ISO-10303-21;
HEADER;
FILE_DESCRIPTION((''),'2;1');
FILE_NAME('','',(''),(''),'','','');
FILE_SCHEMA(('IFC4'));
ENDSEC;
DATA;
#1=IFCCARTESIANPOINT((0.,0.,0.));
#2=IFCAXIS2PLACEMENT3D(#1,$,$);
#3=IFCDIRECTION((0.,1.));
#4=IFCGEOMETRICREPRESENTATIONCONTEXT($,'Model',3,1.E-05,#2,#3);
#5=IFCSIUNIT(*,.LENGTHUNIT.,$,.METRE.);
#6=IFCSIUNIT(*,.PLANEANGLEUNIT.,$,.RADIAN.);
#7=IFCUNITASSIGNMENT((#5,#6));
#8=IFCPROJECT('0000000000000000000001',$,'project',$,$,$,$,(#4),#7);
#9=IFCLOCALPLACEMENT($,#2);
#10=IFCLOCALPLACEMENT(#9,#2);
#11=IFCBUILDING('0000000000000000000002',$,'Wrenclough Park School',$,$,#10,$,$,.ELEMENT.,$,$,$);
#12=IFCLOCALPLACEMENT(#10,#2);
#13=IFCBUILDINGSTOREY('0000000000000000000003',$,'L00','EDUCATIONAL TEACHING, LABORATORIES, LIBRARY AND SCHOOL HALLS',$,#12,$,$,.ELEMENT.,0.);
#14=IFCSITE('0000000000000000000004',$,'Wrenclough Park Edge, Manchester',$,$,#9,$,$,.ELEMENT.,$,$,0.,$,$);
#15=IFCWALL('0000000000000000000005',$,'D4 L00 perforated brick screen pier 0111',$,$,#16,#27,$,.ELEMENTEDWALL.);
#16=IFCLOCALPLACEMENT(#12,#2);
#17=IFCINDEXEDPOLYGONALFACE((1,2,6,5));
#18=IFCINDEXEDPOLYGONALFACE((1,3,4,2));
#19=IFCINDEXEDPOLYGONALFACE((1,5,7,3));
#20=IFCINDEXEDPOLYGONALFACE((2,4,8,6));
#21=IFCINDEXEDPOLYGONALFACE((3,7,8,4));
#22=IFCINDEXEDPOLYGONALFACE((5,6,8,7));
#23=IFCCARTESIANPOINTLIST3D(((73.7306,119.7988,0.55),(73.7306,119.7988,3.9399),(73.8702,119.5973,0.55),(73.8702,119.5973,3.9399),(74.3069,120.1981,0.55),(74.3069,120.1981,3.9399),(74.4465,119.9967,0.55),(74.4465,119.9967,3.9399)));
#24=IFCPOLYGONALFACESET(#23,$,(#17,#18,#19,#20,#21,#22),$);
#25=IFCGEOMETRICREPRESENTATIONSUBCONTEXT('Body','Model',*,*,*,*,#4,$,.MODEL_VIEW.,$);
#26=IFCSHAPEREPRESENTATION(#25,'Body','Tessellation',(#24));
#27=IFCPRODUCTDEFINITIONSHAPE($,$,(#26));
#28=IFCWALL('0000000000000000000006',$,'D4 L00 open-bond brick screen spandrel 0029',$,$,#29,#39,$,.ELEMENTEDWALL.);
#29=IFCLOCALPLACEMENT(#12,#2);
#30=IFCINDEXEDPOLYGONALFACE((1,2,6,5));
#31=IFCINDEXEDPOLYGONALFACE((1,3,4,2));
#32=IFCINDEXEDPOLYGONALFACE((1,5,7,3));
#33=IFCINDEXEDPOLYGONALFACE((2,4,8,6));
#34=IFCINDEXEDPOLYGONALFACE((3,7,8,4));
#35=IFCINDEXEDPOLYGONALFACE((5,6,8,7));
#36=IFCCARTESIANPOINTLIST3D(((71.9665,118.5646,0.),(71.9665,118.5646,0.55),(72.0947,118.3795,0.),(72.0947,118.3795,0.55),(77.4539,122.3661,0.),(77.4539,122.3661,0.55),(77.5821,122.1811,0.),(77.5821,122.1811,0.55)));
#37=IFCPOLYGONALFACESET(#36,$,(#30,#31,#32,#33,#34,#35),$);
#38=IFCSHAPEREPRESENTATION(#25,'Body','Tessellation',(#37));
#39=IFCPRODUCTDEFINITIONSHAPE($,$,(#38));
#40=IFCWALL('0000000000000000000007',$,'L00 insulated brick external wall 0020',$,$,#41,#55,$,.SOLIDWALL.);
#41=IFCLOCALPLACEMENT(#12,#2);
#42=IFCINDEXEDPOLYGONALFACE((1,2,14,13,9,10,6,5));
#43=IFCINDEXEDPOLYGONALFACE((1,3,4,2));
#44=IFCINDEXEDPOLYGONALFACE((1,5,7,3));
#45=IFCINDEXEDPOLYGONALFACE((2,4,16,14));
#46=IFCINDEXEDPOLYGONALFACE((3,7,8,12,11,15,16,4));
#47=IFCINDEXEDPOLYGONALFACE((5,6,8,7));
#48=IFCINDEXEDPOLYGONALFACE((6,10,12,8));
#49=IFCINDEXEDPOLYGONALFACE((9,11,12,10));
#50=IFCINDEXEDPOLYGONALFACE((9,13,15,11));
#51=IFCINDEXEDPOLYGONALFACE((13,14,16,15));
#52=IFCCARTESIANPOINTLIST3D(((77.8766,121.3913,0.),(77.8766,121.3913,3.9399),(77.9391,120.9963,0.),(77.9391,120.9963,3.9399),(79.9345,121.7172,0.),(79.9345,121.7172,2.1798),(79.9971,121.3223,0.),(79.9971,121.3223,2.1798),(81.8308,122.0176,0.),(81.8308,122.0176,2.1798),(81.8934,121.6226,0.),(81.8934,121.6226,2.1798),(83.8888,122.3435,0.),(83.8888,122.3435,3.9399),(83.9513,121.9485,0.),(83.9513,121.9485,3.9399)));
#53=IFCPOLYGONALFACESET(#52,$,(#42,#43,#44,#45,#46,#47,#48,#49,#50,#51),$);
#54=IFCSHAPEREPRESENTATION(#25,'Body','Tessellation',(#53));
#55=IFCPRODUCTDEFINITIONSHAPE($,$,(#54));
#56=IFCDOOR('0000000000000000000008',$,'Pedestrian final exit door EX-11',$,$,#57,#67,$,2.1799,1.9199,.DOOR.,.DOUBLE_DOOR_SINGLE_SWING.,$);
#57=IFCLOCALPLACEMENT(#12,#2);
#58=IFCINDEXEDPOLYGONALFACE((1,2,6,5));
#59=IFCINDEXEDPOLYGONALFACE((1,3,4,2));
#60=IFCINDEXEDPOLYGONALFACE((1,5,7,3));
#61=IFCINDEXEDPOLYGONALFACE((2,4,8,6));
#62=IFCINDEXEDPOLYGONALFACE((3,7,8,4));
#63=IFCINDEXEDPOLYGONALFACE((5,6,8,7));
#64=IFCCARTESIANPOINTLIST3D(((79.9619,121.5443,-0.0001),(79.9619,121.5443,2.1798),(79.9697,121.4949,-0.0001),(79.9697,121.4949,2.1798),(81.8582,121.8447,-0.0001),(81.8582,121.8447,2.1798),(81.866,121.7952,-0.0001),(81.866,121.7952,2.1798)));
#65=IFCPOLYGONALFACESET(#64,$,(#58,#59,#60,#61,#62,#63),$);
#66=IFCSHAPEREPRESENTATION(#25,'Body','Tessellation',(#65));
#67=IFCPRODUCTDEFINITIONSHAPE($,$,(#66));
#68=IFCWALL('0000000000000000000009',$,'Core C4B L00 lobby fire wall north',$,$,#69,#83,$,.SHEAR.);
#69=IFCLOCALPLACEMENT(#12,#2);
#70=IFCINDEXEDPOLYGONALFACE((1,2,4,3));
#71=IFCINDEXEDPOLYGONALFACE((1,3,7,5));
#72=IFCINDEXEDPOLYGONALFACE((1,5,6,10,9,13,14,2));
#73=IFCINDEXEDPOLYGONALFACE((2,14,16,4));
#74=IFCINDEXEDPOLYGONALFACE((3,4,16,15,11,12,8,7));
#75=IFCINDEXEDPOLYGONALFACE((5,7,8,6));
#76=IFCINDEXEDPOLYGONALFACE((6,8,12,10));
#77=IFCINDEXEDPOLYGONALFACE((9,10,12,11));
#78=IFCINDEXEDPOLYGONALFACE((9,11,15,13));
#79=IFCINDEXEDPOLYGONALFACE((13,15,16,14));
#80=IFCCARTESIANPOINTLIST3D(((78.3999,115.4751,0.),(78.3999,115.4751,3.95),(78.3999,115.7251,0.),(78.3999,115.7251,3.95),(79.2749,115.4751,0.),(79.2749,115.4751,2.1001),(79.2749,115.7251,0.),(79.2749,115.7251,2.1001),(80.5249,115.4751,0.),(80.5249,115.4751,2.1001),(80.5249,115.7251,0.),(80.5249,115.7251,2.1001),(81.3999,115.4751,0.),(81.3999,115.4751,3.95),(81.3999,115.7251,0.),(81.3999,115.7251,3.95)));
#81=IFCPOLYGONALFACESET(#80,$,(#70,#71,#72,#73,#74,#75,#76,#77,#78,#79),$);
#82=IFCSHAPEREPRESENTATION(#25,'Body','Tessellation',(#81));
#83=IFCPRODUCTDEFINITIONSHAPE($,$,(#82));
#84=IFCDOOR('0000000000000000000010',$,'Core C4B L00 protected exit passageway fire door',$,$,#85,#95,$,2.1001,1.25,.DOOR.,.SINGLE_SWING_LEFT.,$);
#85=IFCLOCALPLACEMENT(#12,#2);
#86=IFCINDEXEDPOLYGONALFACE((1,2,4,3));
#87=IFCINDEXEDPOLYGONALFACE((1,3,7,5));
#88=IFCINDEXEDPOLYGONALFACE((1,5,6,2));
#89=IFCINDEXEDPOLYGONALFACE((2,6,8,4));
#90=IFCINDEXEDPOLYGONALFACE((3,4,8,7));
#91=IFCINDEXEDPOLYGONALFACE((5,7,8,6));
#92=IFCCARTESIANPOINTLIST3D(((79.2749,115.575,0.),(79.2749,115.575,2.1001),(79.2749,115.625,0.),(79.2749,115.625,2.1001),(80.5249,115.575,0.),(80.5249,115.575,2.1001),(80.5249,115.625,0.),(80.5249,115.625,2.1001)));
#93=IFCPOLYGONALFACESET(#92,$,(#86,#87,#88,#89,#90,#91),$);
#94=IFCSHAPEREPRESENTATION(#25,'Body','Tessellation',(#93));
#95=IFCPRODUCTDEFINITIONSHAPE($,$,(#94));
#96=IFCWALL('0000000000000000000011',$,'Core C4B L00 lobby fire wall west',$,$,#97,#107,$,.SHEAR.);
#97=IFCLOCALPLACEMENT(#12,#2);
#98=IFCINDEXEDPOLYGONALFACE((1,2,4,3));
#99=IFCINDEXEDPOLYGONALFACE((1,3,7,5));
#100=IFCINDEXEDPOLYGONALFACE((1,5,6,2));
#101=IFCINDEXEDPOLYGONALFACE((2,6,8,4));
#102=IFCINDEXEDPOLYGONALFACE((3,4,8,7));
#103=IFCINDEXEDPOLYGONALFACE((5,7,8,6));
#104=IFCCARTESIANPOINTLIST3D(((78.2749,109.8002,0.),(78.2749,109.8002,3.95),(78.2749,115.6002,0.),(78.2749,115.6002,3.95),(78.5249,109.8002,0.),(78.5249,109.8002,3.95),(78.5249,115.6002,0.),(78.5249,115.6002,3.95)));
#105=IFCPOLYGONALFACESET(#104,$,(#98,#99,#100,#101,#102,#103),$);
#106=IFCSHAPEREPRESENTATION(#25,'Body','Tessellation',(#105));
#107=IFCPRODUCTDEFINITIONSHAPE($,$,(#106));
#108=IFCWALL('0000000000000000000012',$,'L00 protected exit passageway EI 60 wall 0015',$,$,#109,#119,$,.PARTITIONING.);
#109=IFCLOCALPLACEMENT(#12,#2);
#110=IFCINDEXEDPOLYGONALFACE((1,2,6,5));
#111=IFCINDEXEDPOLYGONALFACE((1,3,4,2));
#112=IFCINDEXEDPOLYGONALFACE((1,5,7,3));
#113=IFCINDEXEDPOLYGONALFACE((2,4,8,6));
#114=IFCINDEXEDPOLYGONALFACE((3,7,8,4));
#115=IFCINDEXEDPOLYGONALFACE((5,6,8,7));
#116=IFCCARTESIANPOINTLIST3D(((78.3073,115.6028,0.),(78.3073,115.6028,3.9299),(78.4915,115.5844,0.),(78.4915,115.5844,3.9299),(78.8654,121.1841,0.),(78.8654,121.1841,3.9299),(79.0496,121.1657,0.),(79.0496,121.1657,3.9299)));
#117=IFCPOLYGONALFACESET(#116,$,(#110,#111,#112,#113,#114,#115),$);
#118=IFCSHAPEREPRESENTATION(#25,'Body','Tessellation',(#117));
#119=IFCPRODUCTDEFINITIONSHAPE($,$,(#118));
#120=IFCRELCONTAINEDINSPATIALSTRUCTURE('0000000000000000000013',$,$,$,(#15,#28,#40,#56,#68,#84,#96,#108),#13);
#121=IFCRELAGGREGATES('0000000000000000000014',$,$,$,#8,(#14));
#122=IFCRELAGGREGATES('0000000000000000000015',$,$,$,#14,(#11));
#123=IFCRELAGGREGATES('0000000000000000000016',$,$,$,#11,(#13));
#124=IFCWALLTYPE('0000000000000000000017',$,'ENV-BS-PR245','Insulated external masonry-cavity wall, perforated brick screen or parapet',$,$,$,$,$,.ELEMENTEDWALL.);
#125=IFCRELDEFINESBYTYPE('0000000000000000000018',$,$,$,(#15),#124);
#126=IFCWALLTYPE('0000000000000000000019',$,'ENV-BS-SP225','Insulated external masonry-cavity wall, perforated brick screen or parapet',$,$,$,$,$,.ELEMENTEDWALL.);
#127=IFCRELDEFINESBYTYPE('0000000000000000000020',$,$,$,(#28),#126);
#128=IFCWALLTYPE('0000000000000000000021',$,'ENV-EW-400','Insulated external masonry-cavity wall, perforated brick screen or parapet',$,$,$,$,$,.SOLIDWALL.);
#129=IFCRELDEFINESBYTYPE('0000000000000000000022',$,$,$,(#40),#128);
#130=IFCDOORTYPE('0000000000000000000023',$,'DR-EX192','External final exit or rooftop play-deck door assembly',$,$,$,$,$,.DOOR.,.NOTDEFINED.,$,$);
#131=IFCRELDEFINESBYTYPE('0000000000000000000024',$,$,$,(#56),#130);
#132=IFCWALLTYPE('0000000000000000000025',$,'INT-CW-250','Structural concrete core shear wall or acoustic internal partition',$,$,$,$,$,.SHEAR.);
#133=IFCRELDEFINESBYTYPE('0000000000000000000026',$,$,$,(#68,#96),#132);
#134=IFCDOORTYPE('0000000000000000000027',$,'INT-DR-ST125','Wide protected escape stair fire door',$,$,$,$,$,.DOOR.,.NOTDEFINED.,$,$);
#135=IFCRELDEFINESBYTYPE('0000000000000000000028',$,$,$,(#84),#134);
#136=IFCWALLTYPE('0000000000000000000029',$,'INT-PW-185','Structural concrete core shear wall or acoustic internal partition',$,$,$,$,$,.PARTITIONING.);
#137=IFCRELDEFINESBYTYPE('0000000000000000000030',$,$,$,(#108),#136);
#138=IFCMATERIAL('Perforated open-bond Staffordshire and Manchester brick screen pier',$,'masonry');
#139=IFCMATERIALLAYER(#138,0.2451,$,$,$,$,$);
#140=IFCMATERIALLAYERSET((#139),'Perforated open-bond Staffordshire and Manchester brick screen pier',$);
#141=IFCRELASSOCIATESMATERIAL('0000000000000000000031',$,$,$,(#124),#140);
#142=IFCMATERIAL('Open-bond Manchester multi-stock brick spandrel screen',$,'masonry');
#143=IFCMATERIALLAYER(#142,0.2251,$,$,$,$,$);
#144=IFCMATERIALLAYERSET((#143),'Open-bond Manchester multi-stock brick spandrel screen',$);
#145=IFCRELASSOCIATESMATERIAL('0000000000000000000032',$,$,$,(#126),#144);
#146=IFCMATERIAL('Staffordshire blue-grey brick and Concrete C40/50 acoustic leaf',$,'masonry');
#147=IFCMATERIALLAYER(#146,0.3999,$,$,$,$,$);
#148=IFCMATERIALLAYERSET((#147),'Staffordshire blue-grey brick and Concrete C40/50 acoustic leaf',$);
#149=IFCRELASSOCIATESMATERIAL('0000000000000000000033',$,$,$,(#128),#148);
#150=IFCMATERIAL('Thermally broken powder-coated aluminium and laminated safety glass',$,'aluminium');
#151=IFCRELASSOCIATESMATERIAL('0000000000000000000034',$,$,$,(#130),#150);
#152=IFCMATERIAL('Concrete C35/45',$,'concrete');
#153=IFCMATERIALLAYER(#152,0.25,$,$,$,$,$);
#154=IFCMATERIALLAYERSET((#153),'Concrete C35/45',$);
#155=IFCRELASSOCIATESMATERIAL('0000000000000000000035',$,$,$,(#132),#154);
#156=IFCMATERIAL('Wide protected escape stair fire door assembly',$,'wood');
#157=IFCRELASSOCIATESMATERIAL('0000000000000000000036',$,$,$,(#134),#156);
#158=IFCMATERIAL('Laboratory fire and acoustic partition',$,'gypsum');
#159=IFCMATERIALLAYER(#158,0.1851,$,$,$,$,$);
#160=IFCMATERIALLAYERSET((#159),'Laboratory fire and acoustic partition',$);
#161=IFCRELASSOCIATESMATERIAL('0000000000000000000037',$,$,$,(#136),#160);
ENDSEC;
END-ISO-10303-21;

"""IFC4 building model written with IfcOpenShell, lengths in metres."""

from ifc_helpers import new_model, si_unit, direction, frame, frame_2d, origin, place, context, subcontext, project, spatial, rectangle, extrude, material, layer, layer_set, type_object, element, fill, save


model = new_model("IFC4")

# Units and contexts
model_context = context("Model", 3, precision=1e-05, world=origin(), true_north=direction((0.0, 1.0)))
body_context = subcontext(model_context, "Body", "Model", "MODEL_VIEW")
ifc_project = project(units=[si_unit("LENGTHUNIT", "METRE"), si_unit("PLANEANGLEUNIT", "RADIAN")], contexts=[model_context])

# Site, building, storey
site_placement = place(None, origin())
site = spatial("IfcSite", under=ifc_project, at=site_placement, Name="Wrenclough Park Edge, Manchester", CompositionType="ELEMENT", RefElevation=0.0)
building_placement = place(site_placement, origin())
building = spatial("IfcBuilding", under=site, at=building_placement, Name="Wrenclough Park School", CompositionType="ELEMENT")
storey_placement = place(building_placement, origin())
storey = spatial("IfcBuildingStorey", under=building, at=storey_placement, Name="L00", Description="EDUCATIONAL TEACHING, LABORATORIES, LIBRARY AND SCHOOL HALLS", CompositionType="ELEMENT", Elevation=0.0)

# Shared definitions
ifc_material_1 = material(Name="Concrete C35/45", Category="concrete")

# Walls
ifc_material_2 = material(Name="Perforated open-bond Staffordshire and Manchester brick screen pier", Category="masonry")
ifc_layer_1 = layer(ifc_material_2, 0.2451)
ifc_layer_set_1 = layer_set([ifc_layer_1], Name="Perforated open-bond Staffordshire and Manchester brick screen pier")
wall_type_1 = type_object("IfcWallType", Name="ENV-BS-PR245", Description="Insulated external masonry-cavity wall, perforated brick screen or parapet", PredefinedType="ELEMENTEDWALL", material=ifc_layer_set_1)
wall_1_placement = place(storey_placement, frame((74.3767, 120.0974, 0.55), z_axis=(0.0, 0.0, 1.0), x_axis=(-0.821954, -0.569554, 0.0)))
element("IfcWall", 1, at=wall_1_placement, inside=storey, type_object=wall_type_1, Name="D4 L00 perforated brick screen pier 0111", PredefinedType="ELEMENTEDWALL", context=body_context, shape_type="SweptSolid", body=[
    extrude(rectangle(XDim=0.7012, YDim=0.2451, at=frame_2d((0.3506, 0.0))), origin(), (0.0, 0.0, 1.0), 3.3899),
])
ifc_material_3 = material(Name="Open-bond Manchester multi-stock brick spandrel screen", Category="masonry")
ifc_layer_2 = layer(ifc_material_3, 0.2251)
ifc_layer_set_2 = layer_set([ifc_layer_2], Name="Open-bond Manchester multi-stock brick spandrel screen")
wall_type_2 = type_object("IfcWallType", Name="ENV-BS-SP225", Description="Insulated external masonry-cavity wall, perforated brick screen or parapet", PredefinedType="ELEMENTEDWALL", material=ifc_layer_set_2)
wall_2_placement = place(storey_placement, frame((77.5181, 122.2737, 0.0), z_axis=(0.0, 0.0, 1.0), x_axis=(-0.822009, -0.569474, 0.0)))
element("IfcWall", 2, at=wall_2_placement, inside=storey, type_object=wall_type_2, Name="D4 L00 open-bond brick screen spandrel 0029", PredefinedType="ELEMENTEDWALL", context=body_context, shape_type="SweptSolid", body=[
    extrude(rectangle(XDim=6.6755, YDim=0.2251, at=frame_2d((3.3379, 0.0))), origin(), (0.0, 0.0, 1.0), 0.55),
])

# Walls, openings, doors
ifc_material_4 = material(Name="Staffordshire blue-grey brick and Concrete C40/50 acoustic leaf", Category="masonry")
ifc_layer_3 = layer(ifc_material_4, 0.3999)
ifc_layer_set_3 = layer_set([ifc_layer_3], Name="Staffordshire blue-grey brick and Concrete C40/50 acoustic leaf")
wall_type_3 = type_object("IfcWallType", Name="ENV-EW-400", Description="Insulated external masonry-cavity wall, perforated brick screen or parapet", PredefinedType="SOLIDWALL", material=ifc_layer_set_3)
wall_3_placement = place(storey_placement, frame((77.908, 121.1938, 0.0), z_axis=(0.0, 0.0, 1.0), x_axis=(0.987691, 0.15642, 0.0)))
wall_3 = element("IfcWall", 3, at=wall_3_placement, inside=storey, type_object=wall_type_3, Name="L00 insulated brick external wall 0020", PredefinedType="SOLIDWALL", context=body_context, shape_type="SweptSolid", body=[
    extrude(rectangle(XDim=6.0872, YDim=0.3999, at=frame_2d((3.0435, 0.0))), origin(), (0.0, 0.0, 1.0), 3.9399),
])
opening_1_placement = place(wall_3_placement, frame((2.0835, 0.0, 0.0)))
opening_1 = element("IfcOpeningElement", 4, at=opening_1_placement, cuts=wall_3, PredefinedType="OPENING", context=body_context, shape_type="SweptSolid", body=[
    extrude(rectangle(XDim=1.9199, YDim=2.1799, at=frame_2d((0.96, 1.0898))), frame((0.0, 0.21, 0.0), z_axis=(0.0, -1.0, 0.0), x_axis=(1.0, 0.0, 0.0)), (0.0, 0.0, 1.0), 0.4199),
])
ifc_material_5 = material(Name="Thermally broken powder-coated aluminium and laminated safety glass", Category="aluminium")
door_type_1 = type_object("IfcDoorType", Name="DR-EX192", Description="External final exit or rooftop play-deck door assembly", OperationType="NOTDEFINED", PredefinedType="DOOR", material=ifc_material_5)
door_1_placement = place(opening_1_placement, origin())
door_1 = element("IfcDoor", 5, at=door_1_placement, inside=storey, type_object=door_type_1, Name="Pedestrian final exit door EX-11", OperationType="DOUBLE_DOOR_SINGLE_SWING", OverallHeight=2.1799, OverallWidth=1.9199, PredefinedType="DOOR", context=body_context, shape_type="SweptSolid", body=[
    extrude(rectangle(XDim=1.9199, YDim=2.1799, at=frame_2d((0.96, 1.0898))), frame((0.0, 0.0249, 0.0), z_axis=(0.0, -1.0, 0.0), x_axis=(1.0, 0.0, 0.0)), (0.0, 0.0, 1.0), 0.05),
])
fill(opening_1, door_1)
ifc_layer_4 = layer(ifc_material_1, 0.25)
ifc_layer_set_4 = layer_set([ifc_layer_4], Name="Concrete C35/45")
wall_type_4 = type_object("IfcWallType", Name="INT-CW-250", Description="Structural concrete core shear wall or acoustic internal partition", PredefinedType="SHEAR", material=ifc_layer_set_4)
wall_4_placement = place(storey_placement, frame((81.3999, 115.6001, 0.0), z_axis=(0.0, 0.0, 1.0), x_axis=(-1.0, 0.0, 0.0)))
wall_4 = element("IfcWall", 6, at=wall_4_placement, inside=storey, type_object=wall_type_4, Name="Core C4B L00 lobby fire wall north", PredefinedType="SHEAR", context=body_context, shape_type="SweptSolid", body=[
    extrude(rectangle(XDim=3.0, YDim=0.25, at=frame_2d((1.5, 0.0))), origin(), (0.0, 0.0, 1.0), 3.95),
])
opening_2_placement = place(wall_4_placement, frame((0.875, 0.0, 0.0)))
opening_2 = element("IfcOpeningElement", 7, at=opening_2_placement, cuts=wall_4, PredefinedType="OPENING", context=body_context, shape_type="SweptSolid", body=[
    extrude(rectangle(XDim=1.25, YDim=2.1001, at=frame_2d((0.625, 1.05))), frame((0.0, 0.135, 0.0), z_axis=(0.0, -1.0, 0.0), x_axis=(1.0, 0.0, 0.0)), (0.0, 0.0, 1.0), 0.27),
])
ifc_material_6 = material(Name="Wide protected escape stair fire door assembly", Category="wood")
door_type_2 = type_object("IfcDoorType", Name="INT-DR-ST125", Description="Wide protected escape stair fire door", OperationType="NOTDEFINED", PredefinedType="DOOR", material=ifc_material_6)
door_2_placement = place(opening_2_placement, frame((1.25, 0.0, 0.0), z_axis=(0.0, 0.0, 1.0), x_axis=(-1.0, 0.0, 0.0)))
door_2 = element("IfcDoor", 8, at=door_2_placement, inside=storey, type_object=door_type_2, Name="Core C4B L00 protected exit passageway fire door", OperationType="SINGLE_SWING_LEFT", OverallHeight=2.1001, OverallWidth=1.25, PredefinedType="DOOR", context=body_context, shape_type="SweptSolid", body=[
    extrude(rectangle(XDim=1.25, YDim=2.1001, at=frame_2d((0.625, 1.05))), frame((0.0, 0.0249, 0.0), z_axis=(0.0, -1.0, 0.0), x_axis=(1.0, 0.0, 0.0)), (0.0, 0.0, 1.0), 0.05),
])
fill(opening_2, door_2)

# Walls
wall_5_placement = place(storey_placement, frame((78.3999, 115.6001, 0.0), z_axis=(0.0, 0.0, 1.0), x_axis=(0.0, -1.0, 0.0)))
element("IfcWall", 9, at=wall_5_placement, inside=storey, type_object=wall_type_4, Name="Core C4B L00 lobby fire wall west", PredefinedType="SHEAR", context=body_context, shape_type="SweptSolid", body=[
    extrude(rectangle(XDim=5.8, YDim=0.25, at=frame_2d((2.8999, 0.0))), origin(), (0.0, 0.0, 1.0), 3.95),
])
ifc_material_7 = material(Name="Laboratory fire and acoustic partition", Category="gypsum")
ifc_layer_5 = layer(ifc_material_7, 0.1851)
ifc_layer_set_5 = layer_set([ifc_layer_5], Name="Laboratory fire and acoustic partition")
wall_type_5 = type_object("IfcWallType", Name="INT-PW-185", Description="Structural concrete core shear wall or acoustic internal partition", PredefinedType="PARTITIONING", material=ifc_layer_set_5)
wall_6_placement = place(storey_placement, frame((78.9575, 121.175, 0.0), z_axis=(0.0, 0.0, 1.0), x_axis=(-0.099499, -0.995038, 0.0)))
element("IfcWall", 10, at=wall_6_placement, inside=storey, type_object=wall_type_5, Name="L00 protected exit passageway EI 60 wall 0015", PredefinedType="PARTITIONING", context=body_context, shape_type="SweptSolid", body=[
    extrude(rectangle(XDim=5.6091, YDim=0.1851, at=frame_2d((2.8047, 0.0))), origin(), (0.0, 0.0, 1.0), 3.9299),
])

save(model, "model.ifc")
